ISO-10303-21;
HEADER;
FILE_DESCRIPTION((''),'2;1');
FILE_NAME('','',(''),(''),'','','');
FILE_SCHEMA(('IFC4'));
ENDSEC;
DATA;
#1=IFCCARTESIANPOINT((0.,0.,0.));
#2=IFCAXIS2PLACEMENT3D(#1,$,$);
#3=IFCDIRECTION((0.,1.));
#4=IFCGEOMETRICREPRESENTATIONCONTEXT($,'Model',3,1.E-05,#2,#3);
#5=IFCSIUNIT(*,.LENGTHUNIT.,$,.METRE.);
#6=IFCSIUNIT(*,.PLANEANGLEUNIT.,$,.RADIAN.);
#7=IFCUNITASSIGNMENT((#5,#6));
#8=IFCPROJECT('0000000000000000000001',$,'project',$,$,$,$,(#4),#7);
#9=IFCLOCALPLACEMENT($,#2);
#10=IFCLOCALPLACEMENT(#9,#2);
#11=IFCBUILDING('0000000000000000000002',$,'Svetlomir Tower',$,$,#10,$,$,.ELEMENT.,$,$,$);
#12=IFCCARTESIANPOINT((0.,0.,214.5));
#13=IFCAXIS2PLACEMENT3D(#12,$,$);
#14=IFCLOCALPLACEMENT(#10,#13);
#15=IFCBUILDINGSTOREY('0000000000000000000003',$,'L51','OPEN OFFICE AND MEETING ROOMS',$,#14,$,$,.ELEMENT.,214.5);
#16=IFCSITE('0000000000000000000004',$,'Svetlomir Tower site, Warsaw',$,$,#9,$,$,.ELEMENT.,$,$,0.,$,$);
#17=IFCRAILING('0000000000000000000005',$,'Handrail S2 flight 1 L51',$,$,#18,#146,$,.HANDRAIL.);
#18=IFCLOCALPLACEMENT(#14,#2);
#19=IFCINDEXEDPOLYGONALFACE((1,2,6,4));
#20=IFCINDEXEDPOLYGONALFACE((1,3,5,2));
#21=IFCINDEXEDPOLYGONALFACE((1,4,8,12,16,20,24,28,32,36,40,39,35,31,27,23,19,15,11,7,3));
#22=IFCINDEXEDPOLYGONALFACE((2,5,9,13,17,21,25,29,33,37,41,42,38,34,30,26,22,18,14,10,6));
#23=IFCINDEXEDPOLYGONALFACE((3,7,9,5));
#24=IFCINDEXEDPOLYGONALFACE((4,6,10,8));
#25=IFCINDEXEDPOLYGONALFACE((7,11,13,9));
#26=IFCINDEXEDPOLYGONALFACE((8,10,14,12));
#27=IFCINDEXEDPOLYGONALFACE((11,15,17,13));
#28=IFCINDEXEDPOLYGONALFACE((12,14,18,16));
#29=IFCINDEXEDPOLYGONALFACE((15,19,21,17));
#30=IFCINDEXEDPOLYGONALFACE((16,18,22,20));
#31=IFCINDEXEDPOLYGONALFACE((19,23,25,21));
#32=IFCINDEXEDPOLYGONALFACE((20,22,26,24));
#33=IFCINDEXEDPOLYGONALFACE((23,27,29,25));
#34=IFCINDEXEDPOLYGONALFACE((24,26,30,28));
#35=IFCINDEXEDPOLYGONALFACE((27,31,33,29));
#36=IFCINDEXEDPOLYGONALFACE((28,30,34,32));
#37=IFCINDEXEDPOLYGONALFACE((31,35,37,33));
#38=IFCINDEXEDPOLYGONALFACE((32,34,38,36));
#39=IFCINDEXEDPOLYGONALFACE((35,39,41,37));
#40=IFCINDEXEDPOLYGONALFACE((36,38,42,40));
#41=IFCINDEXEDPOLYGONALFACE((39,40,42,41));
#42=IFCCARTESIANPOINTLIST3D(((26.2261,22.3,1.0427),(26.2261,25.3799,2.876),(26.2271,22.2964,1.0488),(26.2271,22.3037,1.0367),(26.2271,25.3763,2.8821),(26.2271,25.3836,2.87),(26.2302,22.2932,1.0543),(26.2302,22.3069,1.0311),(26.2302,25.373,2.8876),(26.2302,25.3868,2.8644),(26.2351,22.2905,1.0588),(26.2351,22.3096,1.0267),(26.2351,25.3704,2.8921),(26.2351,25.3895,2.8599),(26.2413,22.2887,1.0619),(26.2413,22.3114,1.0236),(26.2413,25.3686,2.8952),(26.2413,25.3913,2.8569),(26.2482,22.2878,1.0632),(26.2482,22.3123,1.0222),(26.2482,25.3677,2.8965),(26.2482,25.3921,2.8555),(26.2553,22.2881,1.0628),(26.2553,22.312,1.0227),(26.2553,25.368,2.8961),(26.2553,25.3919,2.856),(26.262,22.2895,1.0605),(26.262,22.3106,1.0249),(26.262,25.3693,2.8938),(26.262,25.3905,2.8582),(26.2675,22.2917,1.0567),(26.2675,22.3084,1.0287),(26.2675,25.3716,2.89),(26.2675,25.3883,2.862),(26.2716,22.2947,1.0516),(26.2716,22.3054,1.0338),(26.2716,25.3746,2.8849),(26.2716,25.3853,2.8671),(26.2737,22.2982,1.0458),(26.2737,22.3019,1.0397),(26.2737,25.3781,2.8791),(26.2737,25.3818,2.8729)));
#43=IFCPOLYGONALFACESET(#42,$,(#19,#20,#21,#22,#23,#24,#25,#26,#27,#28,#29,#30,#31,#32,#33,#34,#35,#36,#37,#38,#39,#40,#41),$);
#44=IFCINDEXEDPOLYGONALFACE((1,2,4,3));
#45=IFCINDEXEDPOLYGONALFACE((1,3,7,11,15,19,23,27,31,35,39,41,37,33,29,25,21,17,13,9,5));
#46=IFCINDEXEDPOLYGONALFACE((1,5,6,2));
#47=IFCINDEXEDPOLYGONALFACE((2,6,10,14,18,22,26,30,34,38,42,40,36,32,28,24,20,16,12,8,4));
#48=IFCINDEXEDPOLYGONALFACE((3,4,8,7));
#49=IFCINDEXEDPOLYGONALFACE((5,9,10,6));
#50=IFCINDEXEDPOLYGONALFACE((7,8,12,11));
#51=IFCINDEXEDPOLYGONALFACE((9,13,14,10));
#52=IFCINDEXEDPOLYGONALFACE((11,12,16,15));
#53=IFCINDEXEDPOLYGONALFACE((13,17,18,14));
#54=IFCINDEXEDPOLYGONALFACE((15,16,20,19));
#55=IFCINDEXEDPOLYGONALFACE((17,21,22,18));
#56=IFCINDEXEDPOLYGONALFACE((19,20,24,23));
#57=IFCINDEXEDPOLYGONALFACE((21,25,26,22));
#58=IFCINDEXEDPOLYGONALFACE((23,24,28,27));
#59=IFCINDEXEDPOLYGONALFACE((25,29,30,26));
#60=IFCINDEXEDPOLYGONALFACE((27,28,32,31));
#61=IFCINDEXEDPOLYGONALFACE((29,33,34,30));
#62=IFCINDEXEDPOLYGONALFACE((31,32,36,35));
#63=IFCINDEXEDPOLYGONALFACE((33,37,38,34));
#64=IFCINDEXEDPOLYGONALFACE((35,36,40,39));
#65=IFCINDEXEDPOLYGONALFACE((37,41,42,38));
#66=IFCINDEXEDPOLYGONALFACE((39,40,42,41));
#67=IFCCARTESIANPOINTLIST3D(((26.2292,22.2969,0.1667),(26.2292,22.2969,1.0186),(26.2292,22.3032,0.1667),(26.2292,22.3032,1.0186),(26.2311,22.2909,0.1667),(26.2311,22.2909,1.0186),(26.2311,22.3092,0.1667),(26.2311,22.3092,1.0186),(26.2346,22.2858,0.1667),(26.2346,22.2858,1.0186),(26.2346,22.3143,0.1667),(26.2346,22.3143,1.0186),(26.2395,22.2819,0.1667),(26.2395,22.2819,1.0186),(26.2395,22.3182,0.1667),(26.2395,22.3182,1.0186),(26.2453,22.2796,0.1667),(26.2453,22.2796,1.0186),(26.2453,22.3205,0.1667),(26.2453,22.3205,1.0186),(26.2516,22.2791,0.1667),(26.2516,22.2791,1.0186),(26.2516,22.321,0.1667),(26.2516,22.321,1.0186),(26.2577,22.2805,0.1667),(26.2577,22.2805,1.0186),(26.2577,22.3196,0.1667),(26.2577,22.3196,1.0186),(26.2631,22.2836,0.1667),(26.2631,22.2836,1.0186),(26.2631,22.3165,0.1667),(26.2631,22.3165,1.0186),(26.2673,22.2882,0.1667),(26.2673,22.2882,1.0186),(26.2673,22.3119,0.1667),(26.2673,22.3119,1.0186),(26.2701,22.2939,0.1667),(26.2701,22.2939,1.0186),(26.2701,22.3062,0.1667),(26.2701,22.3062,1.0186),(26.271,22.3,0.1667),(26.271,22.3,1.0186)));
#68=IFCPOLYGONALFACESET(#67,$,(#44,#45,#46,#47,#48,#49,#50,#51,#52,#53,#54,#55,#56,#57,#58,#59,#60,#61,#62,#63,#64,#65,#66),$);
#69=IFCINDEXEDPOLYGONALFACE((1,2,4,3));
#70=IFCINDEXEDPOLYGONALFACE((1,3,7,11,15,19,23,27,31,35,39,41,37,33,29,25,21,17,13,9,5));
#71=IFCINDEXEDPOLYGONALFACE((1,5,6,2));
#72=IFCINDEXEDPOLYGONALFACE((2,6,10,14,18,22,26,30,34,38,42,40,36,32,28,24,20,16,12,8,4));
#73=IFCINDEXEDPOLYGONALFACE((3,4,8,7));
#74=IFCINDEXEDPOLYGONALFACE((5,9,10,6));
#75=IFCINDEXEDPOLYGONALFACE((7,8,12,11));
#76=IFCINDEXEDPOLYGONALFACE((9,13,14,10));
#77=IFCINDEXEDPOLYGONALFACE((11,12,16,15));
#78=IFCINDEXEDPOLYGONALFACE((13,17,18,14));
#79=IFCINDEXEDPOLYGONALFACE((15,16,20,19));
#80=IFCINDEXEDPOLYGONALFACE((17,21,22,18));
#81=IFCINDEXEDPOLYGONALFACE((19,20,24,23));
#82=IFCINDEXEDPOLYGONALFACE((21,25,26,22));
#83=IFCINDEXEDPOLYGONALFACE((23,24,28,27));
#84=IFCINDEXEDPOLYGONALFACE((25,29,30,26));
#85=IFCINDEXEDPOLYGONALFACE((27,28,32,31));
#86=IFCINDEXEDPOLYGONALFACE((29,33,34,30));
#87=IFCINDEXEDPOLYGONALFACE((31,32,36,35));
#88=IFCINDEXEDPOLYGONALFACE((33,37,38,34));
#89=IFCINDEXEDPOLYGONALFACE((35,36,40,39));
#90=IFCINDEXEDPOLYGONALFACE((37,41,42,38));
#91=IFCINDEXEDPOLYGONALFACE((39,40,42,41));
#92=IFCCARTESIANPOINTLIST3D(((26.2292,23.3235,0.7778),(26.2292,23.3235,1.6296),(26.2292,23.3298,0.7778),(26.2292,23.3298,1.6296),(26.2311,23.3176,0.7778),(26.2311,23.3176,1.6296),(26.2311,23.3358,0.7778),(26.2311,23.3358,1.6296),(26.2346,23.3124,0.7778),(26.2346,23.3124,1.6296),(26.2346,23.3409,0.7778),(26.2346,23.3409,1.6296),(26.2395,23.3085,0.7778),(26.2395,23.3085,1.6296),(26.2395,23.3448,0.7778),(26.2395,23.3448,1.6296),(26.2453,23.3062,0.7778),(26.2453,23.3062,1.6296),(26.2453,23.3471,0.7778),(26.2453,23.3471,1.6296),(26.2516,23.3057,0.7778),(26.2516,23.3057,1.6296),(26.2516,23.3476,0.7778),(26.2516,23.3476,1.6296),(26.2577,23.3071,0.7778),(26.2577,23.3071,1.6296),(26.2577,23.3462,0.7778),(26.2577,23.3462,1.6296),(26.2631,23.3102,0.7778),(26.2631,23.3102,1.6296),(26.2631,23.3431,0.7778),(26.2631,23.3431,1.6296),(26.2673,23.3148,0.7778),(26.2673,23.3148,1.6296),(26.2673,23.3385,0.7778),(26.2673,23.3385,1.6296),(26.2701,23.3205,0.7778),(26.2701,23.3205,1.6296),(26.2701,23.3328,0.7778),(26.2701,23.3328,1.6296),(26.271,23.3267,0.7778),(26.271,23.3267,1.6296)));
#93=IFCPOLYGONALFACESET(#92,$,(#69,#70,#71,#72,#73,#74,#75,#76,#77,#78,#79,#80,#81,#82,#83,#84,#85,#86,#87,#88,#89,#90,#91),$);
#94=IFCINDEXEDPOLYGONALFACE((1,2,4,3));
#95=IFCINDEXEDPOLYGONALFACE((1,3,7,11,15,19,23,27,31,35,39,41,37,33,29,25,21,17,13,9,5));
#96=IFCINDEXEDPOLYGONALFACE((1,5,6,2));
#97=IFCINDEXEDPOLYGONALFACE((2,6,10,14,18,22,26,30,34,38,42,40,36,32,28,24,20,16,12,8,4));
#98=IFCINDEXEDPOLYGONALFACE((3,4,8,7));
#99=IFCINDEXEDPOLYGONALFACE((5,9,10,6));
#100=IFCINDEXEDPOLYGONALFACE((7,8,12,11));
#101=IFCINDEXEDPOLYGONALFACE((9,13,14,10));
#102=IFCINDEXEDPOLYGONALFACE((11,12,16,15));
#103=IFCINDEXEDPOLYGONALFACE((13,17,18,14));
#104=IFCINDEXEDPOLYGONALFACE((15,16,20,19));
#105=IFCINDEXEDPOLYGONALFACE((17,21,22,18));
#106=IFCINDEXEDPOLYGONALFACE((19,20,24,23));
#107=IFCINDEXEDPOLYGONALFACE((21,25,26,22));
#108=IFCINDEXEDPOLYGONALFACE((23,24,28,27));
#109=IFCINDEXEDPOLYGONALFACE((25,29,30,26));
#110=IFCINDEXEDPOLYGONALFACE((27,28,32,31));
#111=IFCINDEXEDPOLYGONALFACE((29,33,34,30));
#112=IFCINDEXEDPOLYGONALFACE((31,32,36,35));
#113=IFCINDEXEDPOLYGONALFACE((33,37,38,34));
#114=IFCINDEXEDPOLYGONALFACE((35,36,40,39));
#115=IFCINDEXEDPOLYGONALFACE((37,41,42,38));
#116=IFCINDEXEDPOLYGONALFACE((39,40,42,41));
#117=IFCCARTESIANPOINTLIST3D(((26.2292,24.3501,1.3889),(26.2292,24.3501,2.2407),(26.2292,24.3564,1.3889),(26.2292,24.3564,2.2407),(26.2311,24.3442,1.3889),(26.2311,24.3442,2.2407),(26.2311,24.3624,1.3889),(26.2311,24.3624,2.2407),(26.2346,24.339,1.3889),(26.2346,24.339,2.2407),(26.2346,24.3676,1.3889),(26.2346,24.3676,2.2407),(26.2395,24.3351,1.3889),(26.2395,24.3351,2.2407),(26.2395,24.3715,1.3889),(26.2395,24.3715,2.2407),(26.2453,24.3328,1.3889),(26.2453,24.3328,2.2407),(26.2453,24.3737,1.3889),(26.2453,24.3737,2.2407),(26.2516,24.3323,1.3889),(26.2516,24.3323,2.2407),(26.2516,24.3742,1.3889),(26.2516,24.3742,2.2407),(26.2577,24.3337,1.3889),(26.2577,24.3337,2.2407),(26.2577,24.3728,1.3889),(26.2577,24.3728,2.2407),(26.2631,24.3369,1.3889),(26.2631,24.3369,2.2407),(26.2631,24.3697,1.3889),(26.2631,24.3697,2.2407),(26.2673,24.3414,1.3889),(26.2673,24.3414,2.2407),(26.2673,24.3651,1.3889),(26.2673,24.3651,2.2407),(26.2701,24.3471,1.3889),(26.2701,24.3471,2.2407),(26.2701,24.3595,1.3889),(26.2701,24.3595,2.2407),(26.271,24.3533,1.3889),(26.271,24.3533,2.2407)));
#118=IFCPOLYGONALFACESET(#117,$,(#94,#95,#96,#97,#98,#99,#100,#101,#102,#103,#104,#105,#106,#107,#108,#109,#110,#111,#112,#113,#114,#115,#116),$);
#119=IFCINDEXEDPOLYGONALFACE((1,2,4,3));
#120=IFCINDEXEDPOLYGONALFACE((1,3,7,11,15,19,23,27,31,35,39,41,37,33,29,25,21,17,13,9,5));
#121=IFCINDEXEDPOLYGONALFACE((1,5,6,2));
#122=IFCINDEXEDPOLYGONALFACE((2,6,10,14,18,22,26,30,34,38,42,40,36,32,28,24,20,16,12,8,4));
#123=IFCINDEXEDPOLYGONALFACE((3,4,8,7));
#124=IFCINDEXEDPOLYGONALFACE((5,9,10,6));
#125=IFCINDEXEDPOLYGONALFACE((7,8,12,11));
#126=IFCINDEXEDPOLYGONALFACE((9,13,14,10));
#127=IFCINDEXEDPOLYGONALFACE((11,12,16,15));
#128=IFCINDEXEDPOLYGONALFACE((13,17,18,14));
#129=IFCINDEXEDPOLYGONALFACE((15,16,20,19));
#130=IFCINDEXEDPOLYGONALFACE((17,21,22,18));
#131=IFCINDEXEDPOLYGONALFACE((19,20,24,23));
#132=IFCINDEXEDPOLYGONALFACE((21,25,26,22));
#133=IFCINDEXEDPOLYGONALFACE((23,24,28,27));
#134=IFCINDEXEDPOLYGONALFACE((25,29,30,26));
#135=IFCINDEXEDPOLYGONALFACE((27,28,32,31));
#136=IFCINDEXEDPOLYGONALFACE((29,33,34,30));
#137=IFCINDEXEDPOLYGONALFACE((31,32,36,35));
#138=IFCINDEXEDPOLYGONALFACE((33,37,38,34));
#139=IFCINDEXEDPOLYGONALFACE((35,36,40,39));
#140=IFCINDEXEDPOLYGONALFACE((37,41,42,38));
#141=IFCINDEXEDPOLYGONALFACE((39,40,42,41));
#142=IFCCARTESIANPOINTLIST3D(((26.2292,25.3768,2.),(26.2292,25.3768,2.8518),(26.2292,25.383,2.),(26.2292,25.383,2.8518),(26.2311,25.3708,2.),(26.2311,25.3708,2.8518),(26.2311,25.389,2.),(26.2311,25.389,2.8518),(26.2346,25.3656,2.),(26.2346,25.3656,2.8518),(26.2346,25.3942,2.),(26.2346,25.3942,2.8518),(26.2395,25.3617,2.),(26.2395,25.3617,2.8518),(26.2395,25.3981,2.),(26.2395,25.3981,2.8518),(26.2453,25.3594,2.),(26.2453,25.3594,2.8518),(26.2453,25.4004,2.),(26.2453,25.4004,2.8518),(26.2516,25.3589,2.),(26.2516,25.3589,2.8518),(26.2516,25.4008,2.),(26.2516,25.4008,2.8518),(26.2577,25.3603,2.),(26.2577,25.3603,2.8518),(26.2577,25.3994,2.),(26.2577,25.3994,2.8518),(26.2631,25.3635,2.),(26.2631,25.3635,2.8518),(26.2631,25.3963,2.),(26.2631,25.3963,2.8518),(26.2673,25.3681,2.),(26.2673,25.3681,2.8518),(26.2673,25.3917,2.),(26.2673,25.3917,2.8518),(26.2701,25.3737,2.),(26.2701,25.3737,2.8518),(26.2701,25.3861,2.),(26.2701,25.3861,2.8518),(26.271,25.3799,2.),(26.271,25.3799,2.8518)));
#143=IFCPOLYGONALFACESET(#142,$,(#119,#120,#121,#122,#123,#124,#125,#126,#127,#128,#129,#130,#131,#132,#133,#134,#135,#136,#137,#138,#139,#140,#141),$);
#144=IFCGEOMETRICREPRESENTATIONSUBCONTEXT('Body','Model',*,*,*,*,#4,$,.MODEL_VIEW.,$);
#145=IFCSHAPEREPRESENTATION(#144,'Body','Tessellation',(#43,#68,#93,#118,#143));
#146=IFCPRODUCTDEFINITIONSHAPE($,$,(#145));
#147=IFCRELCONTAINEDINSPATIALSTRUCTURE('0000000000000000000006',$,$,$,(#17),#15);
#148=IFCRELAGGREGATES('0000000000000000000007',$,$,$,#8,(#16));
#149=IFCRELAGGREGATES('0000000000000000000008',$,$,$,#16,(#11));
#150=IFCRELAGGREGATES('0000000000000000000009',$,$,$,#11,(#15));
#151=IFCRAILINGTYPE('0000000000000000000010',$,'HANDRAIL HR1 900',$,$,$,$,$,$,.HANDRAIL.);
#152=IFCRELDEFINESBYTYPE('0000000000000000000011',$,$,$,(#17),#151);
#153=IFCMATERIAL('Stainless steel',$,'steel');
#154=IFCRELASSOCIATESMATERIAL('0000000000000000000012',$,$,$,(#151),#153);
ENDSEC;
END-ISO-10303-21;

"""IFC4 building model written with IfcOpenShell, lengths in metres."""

from ifc_helpers import new_model, si_unit, direction, frame, origin, origin_2d, place, context, subcontext, project, spatial, circle, extrude, material, type_object, element, save


model = new_model("IFC4")

# Units and contexts
model_context = context("Model", 3, precision=1e-05, world=origin(), true_north=direction((0.0, 1.0)))
body_context = subcontext(model_context, "Body", "Model", "MODEL_VIEW")
ifc_project = project(units=[si_unit("LENGTHUNIT", "METRE"), si_unit("PLANEANGLEUNIT", "RADIAN")], contexts=[model_context])

# Site, building, storey
site_placement = place(None, origin())
site = spatial("IfcSite", under=ifc_project, at=site_placement, Name="Svetlomir Tower site, Warsaw", CompositionType="ELEMENT", RefElevation=0.0)
building_placement = place(site_placement, origin())
building = spatial("IfcBuilding", under=site, at=building_placement, Name="Svetlomir Tower", CompositionType="ELEMENT")
storey_placement = place(building_placement, frame((0.0, 0.0, 214.5)))
storey = spatial("IfcBuildingStorey", under=building, at=storey_placement, Name="L51", Description="OPEN OFFICE AND MEETING ROOMS", CompositionType="ELEMENT", Elevation=214.5)

# Railing
ifc_material_1 = material(Name="Stainless steel", Category="steel")
railing_type = type_object("IfcRailingType", Name="HANDRAIL HR1 900", PredefinedType="HANDRAIL", material=ifc_material_1)
railing_1_placement = place(storey_placement, frame((26.25, 22.3, 0.1667)))
element("IfcRailing", 1, at=railing_1_placement, inside=storey, type_object=railing_type, Name="Handrail S2 flight 1 L51", PredefinedType="HANDRAIL", context=body_context, shape_type="SweptSolid", body=[
    extrude(circle(Radius=0.0239, at=origin_2d()), frame((0.0, 0.0, 0.876), z_axis=(0.0, 0.859291, 0.511487), x_axis=(-1.0, 0.0, 0.0)), (0.0, 0.0, 1.0), 3.5842),
    extrude(circle(Radius=0.021, at=origin_2d()), origin(), (0.0, 0.0, 1.0), 0.8518),
    extrude(circle(Radius=0.021, at=origin_2d()), frame((0.0, 1.0266, 0.6111)), (0.0, 0.0, 1.0), 0.8518),
    extrude(circle(Radius=0.021, at=origin_2d()), frame((0.0, 2.0532, 1.2222)), (0.0, 0.0, 1.0), 0.8518),
    extrude(circle(Radius=0.021, at=origin_2d()), frame((0.0, 3.0798, 1.8333)), (0.0, 0.0, 1.0), 0.8518),
])

save(model, "model.ifc")
